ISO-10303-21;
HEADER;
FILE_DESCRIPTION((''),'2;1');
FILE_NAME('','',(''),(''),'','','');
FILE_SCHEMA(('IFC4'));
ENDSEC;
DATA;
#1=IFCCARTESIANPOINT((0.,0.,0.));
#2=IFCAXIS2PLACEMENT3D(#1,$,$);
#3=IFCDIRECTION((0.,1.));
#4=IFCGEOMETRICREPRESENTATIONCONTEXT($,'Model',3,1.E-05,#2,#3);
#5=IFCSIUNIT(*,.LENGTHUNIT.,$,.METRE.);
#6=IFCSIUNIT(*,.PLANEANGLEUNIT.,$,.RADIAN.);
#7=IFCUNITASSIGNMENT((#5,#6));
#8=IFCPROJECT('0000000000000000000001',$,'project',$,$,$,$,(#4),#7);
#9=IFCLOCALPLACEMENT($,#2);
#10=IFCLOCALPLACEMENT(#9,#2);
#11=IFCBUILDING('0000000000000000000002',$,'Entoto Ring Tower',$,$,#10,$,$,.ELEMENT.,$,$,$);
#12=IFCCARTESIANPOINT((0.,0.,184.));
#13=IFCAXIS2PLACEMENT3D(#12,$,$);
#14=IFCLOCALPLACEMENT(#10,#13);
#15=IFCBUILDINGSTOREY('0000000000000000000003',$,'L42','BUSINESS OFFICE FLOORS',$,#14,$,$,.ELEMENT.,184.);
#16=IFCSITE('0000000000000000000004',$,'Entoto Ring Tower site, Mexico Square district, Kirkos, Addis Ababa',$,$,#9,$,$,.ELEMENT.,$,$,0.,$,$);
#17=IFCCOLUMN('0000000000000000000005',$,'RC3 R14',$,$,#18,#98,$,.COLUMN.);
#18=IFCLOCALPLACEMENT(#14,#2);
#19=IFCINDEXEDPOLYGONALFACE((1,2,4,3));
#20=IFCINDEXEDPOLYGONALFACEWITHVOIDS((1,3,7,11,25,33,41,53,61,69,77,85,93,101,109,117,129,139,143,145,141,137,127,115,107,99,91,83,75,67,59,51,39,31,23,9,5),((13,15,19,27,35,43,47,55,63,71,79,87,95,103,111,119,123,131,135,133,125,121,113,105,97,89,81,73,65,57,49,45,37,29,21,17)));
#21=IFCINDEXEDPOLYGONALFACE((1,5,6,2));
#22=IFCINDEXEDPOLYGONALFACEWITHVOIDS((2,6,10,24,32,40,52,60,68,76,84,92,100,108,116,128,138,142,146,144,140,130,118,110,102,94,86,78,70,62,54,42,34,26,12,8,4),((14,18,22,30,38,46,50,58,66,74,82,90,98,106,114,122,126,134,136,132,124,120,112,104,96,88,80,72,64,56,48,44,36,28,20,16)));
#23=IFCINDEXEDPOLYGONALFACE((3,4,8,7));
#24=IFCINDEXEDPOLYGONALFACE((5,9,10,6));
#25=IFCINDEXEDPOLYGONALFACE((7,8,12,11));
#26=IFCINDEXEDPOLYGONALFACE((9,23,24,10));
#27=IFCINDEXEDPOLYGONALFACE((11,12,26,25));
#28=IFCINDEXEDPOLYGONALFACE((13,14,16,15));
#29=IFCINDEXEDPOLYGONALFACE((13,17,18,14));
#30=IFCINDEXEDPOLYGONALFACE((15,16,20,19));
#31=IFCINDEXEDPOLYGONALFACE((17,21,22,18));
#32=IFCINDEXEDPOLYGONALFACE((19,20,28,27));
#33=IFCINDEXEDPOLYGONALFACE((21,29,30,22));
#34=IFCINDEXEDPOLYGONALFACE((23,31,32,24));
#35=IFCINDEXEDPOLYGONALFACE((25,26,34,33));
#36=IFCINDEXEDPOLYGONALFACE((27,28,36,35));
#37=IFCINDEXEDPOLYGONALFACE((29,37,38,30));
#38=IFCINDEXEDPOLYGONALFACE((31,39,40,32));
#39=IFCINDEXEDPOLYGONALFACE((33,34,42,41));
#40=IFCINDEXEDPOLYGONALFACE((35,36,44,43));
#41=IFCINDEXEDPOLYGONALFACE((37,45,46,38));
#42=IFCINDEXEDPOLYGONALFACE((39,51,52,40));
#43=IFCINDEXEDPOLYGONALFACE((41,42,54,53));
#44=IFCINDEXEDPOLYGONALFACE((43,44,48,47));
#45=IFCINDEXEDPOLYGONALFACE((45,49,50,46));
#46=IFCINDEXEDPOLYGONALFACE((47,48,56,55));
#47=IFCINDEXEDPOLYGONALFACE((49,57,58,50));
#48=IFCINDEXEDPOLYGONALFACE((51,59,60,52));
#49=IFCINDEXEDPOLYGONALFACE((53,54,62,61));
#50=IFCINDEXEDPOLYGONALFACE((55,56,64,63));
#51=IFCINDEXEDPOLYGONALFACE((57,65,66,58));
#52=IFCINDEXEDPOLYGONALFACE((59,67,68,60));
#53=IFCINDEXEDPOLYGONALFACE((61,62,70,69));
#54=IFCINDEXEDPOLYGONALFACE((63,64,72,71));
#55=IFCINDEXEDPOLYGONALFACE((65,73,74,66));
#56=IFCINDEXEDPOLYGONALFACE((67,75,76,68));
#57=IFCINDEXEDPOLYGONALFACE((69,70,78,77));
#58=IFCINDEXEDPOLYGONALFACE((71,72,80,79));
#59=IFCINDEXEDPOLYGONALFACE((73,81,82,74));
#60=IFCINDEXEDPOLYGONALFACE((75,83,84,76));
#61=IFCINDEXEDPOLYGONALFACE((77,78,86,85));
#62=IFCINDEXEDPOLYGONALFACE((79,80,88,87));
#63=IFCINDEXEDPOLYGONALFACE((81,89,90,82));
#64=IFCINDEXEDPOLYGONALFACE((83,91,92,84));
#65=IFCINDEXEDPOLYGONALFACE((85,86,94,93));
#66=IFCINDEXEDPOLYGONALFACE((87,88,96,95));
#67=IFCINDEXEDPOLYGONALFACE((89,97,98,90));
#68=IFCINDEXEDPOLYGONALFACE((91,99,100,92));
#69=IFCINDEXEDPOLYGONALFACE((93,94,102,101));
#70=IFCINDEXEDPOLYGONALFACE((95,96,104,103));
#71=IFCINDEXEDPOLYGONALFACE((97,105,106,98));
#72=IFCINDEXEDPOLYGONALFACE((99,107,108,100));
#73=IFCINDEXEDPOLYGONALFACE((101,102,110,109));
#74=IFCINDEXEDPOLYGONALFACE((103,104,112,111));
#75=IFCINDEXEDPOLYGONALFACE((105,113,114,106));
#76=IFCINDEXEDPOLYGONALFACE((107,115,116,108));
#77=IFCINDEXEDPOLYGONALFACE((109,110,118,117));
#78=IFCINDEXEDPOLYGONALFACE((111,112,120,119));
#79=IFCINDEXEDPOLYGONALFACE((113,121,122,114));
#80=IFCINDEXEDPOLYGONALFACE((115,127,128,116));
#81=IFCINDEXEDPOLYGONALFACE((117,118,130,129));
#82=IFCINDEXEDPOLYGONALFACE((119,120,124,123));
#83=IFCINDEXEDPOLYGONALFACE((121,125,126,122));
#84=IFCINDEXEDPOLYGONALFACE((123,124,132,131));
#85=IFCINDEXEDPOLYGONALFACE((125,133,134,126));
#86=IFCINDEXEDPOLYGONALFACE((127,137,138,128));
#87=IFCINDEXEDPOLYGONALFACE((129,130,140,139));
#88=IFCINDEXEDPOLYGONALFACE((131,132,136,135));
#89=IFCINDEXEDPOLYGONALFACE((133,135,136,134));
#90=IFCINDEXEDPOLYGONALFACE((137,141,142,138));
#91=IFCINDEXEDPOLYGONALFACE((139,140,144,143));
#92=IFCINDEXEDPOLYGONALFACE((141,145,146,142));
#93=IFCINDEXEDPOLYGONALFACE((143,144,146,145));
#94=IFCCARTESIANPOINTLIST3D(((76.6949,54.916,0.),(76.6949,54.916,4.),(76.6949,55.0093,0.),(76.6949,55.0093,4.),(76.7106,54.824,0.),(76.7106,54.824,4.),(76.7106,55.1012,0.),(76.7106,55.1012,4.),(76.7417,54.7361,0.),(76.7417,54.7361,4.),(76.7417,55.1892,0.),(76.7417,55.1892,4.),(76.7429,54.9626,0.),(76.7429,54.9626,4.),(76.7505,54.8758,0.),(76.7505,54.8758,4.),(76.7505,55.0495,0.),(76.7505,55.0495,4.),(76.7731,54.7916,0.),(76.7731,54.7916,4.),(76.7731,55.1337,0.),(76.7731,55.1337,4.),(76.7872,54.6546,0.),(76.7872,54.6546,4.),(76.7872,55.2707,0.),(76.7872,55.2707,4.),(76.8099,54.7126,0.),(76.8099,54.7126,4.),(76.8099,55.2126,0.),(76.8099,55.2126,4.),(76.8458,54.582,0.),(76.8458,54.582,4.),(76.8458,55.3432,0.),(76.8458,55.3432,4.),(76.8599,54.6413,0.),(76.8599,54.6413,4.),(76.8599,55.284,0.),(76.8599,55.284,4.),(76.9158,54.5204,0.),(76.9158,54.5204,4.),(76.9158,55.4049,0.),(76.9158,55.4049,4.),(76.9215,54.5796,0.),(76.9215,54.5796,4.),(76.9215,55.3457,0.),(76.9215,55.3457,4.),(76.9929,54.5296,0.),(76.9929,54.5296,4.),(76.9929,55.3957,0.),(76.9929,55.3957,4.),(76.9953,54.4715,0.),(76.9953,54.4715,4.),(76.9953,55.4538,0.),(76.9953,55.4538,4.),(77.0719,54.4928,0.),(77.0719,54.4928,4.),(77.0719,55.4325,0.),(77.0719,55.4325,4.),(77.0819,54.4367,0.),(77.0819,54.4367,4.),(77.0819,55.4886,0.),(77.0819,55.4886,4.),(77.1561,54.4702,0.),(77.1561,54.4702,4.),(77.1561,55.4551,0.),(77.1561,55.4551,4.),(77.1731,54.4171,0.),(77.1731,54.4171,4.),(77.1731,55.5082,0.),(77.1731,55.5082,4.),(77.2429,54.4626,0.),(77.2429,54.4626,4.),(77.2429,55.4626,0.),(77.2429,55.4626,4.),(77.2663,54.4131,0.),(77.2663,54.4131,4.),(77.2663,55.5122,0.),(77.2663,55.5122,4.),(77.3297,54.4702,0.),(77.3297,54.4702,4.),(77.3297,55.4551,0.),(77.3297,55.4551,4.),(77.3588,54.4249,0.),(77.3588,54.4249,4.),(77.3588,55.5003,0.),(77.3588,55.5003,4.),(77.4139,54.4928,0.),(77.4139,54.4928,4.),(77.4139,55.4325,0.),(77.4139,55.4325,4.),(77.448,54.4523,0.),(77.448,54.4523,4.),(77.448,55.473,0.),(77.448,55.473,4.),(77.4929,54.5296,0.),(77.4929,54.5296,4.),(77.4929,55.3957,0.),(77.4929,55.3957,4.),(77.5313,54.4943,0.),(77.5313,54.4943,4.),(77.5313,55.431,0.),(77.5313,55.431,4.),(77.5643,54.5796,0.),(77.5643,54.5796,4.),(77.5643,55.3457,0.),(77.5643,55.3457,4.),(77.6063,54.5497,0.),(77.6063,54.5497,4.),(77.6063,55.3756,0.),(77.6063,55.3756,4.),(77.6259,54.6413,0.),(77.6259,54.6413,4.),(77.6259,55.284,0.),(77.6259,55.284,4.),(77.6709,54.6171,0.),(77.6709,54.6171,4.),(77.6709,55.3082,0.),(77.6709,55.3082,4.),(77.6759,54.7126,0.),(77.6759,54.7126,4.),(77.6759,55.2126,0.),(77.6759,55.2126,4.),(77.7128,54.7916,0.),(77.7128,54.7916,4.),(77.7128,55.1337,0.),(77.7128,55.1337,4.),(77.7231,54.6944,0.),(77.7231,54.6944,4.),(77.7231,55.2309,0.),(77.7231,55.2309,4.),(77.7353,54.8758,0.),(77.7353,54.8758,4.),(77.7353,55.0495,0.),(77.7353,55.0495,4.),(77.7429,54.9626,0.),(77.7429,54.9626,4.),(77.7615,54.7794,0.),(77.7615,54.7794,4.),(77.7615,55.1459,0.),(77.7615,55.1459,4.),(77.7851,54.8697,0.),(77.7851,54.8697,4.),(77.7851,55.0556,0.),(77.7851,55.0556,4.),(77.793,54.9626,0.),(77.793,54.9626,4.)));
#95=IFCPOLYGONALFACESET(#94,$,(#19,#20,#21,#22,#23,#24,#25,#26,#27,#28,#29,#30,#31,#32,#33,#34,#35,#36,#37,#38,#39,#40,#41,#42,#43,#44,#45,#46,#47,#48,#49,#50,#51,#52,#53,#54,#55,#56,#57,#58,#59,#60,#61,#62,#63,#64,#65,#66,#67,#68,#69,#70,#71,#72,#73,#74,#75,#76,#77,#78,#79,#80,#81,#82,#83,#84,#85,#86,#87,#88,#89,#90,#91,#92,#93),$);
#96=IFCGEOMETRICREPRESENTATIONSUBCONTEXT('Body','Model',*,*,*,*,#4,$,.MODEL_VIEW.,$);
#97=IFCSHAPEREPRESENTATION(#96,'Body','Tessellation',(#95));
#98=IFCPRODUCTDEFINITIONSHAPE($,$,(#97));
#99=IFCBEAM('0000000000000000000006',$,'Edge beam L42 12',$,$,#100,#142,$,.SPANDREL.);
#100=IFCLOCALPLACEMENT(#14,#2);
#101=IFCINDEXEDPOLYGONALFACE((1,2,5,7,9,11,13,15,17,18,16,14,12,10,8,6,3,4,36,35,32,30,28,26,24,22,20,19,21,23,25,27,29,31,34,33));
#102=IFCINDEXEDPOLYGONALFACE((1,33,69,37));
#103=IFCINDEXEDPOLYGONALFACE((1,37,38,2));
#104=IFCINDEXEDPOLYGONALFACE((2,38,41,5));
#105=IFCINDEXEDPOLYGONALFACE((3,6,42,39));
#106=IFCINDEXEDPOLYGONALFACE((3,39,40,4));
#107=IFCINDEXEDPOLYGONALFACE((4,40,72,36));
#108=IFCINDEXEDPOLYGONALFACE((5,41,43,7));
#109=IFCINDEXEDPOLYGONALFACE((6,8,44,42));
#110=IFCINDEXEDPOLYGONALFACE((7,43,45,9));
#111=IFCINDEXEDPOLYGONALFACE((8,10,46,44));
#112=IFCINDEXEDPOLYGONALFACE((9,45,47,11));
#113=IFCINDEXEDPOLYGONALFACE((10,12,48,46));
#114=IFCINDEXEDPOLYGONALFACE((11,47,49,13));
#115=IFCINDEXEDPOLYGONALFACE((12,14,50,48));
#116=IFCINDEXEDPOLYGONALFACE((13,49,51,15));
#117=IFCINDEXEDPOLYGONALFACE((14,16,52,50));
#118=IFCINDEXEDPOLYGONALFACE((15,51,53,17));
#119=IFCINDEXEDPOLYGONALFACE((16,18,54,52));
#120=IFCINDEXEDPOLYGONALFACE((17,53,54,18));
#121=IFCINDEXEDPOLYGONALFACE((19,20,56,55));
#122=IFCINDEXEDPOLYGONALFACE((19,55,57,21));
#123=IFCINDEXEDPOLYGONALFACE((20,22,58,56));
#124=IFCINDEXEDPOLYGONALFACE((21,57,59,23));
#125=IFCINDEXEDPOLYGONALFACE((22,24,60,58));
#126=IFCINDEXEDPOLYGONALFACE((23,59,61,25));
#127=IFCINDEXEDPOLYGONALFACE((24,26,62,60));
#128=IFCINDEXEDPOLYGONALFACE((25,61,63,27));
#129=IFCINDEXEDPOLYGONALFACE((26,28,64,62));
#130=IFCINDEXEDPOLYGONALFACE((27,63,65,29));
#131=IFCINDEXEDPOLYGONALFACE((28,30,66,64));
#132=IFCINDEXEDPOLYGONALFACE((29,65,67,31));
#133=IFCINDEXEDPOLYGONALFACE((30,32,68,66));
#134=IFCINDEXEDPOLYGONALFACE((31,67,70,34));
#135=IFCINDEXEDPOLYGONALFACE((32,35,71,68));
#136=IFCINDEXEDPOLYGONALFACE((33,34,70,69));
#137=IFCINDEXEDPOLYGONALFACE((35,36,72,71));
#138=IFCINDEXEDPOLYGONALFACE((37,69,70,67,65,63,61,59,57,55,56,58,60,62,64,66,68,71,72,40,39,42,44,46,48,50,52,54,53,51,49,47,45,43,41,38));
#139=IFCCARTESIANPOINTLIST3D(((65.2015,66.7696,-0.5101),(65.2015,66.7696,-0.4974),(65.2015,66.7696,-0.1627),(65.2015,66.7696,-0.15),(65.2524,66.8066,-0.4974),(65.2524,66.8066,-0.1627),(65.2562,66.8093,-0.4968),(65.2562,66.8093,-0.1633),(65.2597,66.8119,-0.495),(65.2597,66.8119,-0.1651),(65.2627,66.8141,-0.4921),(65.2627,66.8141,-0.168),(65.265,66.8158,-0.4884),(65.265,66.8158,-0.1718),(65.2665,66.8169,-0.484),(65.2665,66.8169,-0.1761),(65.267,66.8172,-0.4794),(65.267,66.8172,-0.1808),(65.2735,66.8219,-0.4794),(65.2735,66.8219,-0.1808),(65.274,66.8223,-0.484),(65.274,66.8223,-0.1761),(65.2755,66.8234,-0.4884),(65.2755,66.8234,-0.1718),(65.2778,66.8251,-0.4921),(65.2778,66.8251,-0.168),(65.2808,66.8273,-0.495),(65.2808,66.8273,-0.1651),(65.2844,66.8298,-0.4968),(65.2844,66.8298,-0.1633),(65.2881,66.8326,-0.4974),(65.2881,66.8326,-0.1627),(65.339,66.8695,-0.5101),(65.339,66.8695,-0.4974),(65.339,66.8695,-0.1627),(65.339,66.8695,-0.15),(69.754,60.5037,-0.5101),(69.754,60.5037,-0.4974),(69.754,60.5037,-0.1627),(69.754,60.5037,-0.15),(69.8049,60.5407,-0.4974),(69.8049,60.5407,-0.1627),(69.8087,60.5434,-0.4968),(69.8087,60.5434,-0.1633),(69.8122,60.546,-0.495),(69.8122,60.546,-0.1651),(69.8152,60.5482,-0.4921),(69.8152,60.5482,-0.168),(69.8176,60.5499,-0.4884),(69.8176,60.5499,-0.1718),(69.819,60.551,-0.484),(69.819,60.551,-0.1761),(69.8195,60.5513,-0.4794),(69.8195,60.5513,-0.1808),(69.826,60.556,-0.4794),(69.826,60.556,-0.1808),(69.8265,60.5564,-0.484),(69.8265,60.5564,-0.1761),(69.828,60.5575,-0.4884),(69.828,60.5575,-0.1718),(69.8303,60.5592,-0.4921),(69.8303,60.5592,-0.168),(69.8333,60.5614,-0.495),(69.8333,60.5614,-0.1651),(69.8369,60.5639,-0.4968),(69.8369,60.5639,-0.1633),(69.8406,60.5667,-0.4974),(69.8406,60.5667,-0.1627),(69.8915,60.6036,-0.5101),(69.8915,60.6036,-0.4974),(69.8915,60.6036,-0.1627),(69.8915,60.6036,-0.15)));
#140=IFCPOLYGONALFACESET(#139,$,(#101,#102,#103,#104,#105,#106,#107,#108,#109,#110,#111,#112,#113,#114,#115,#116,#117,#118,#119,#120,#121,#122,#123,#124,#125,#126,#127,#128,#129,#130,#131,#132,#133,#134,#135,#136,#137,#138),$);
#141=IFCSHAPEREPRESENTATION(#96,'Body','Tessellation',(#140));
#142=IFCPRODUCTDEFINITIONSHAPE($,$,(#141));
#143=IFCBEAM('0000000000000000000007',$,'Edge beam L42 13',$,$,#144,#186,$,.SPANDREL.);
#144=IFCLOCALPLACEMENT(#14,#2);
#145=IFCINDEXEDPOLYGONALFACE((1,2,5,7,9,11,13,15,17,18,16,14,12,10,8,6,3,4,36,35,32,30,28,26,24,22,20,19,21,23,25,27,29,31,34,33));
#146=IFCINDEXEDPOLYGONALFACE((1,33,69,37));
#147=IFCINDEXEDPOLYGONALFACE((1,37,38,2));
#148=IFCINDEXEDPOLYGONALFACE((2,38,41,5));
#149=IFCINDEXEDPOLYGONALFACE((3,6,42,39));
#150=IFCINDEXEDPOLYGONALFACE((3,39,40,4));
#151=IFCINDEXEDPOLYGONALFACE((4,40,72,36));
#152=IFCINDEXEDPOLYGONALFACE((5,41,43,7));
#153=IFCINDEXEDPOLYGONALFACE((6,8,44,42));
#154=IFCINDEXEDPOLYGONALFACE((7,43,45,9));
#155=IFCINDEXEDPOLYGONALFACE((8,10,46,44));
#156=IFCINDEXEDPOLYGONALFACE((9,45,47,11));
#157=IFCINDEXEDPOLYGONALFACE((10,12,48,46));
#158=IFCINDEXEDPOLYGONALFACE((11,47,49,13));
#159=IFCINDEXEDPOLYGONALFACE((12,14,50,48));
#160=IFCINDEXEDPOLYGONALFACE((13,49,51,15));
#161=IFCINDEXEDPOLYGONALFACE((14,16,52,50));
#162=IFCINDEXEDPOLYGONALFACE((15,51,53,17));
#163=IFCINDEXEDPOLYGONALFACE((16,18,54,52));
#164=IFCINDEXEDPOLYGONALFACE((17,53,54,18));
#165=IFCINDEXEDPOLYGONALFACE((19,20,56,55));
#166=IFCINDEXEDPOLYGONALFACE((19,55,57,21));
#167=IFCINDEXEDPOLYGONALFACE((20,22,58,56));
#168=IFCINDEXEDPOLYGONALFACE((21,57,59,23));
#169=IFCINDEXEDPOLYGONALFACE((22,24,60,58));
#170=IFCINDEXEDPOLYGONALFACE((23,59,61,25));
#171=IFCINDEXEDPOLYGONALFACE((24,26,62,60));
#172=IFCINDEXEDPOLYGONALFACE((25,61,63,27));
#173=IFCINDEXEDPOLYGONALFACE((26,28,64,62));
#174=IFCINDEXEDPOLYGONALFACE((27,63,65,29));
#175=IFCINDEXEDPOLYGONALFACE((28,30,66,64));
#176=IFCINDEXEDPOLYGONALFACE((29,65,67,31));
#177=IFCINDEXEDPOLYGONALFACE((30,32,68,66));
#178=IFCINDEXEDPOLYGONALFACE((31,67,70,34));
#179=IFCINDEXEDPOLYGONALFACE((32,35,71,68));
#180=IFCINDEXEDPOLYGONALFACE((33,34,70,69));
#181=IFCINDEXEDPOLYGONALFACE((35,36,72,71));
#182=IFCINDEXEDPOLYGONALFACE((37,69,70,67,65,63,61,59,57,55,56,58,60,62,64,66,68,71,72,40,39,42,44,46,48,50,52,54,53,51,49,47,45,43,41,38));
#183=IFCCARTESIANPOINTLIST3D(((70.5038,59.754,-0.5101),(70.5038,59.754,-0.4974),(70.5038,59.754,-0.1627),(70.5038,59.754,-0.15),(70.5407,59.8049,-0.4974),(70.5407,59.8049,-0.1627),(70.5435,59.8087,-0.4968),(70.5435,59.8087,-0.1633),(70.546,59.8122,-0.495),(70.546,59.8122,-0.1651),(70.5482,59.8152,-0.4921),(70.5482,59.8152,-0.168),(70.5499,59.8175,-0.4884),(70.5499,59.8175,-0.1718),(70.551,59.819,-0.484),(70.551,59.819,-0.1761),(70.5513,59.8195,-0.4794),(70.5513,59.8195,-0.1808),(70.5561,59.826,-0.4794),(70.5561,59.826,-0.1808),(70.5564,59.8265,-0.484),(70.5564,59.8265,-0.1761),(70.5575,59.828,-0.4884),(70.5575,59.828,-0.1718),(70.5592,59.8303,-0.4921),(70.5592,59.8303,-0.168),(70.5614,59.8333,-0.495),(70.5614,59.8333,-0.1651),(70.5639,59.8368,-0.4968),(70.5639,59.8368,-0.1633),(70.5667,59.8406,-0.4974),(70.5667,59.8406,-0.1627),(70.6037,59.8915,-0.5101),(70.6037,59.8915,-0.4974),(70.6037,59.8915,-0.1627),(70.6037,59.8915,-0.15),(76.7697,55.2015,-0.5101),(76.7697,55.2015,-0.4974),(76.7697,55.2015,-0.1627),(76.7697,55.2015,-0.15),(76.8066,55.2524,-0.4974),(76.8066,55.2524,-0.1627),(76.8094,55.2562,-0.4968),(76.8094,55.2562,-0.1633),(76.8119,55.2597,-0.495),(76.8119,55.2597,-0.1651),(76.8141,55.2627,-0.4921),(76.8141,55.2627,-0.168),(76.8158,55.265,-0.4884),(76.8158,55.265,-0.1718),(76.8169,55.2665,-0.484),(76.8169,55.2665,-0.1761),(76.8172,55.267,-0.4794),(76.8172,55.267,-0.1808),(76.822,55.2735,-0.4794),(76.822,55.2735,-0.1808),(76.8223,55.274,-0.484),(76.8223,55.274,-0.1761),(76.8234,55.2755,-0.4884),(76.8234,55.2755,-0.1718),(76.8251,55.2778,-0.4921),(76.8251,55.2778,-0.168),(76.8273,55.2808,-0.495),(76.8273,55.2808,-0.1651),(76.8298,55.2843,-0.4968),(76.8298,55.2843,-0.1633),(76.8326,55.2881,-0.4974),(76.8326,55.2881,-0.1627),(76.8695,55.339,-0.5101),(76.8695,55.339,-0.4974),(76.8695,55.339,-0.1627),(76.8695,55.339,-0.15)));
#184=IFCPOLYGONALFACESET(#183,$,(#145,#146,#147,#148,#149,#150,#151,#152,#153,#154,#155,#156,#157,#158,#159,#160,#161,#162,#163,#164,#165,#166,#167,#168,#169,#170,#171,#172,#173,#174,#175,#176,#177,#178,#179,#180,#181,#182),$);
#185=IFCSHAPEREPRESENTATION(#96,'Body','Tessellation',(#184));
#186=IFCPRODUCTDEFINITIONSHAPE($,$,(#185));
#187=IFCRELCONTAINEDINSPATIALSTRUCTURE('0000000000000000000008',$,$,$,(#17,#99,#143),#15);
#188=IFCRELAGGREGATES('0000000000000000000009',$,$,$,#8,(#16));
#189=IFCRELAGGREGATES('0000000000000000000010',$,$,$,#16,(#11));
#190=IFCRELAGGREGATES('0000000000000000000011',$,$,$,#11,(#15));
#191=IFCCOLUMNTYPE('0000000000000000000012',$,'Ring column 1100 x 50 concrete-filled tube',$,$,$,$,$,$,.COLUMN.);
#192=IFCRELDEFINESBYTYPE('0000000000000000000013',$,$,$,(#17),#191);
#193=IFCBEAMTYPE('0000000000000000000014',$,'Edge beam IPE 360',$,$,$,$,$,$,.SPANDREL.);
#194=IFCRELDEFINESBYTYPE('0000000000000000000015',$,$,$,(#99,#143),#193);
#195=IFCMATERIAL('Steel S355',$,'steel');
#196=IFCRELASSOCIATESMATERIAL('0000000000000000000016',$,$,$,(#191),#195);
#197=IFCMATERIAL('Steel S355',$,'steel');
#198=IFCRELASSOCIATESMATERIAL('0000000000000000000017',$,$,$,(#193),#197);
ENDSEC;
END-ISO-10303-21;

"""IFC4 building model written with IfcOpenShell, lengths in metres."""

from ifc_helpers import new_model, si_unit, direction, frame, origin, origin_2d, place, context, subcontext, project, spatial, circle, hollow_circle, i_section, extrude, material, material_profile, profile_set, type_object, element, save


model = new_model("IFC4")

# Units and contexts
model_context = context("Model", 3, precision=1e-05, world=origin(), true_north=direction((0.0, 1.0)))
body_context = subcontext(model_context, "Body", "Model", "MODEL_VIEW")
ifc_project = project(units=[si_unit("LENGTHUNIT", "METRE"), si_unit("PLANEANGLEUNIT", "RADIAN")], contexts=[model_context])

# Site, building, storey
site_placement = place(None, origin())
site = spatial("IfcSite", under=ifc_project, at=site_placement, Name="Entoto Ring Tower site, Mexico Square district, Kirkos, Addis Ababa", CompositionType="ELEMENT", RefElevation=0.0)
building_placement = place(site_placement, origin())
building = spatial("IfcBuilding", under=site, at=building_placement, Name="Entoto Ring Tower", CompositionType="ELEMENT")
storey_placement = place(building_placement, frame((0.0, 0.0, 184.0)))
storey = spatial("IfcBuildingStorey", under=building, at=storey_placement, Name="L42", Description="BUSINESS OFFICE FLOORS", CompositionType="ELEMENT", Elevation=184.0)

# Column
ifc_material_1 = material(Name="Steel S355", Category="steel")
ifc_material_profile_1 = material_profile(ifc_material_1, hollow_circle(Radius=0.55, WallThickness=0.05, at=origin_2d()), Name="CHS 1100 x 50")
ifc_material_2 = material(Name="Concrete C60/75", Category="concrete")
ifc_material_profile_2 = material_profile(ifc_material_2, circle(Radius=0.5, at=origin_2d()), Name="Concrete C60/75 infill")
ifc_profile_set_1 = profile_set([ifc_material_profile_1, ifc_material_profile_2], Name="Steel S355")
column_type = type_object("IfcColumnType", Name="Ring column 1100 x 50 concrete-filled tube", PredefinedType="COLUMN", material=ifc_profile_set_1)
for number, where, z_axis, x_axis, name in (
    (1, (77.2429, 54.9626, 0.0), (0.0, 0.0, 1.0), (1.0, 0.0, 0.0), "RC3 R14"),
):
    element("IfcColumn", number, at=place(storey_placement, frame(where, z_axis=z_axis, x_axis=x_axis)), inside=storey, type_object=column_type, Name=name, PredefinedType="COLUMN", context=body_context, shape_type="SweptSolid", body=[
        extrude(hollow_circle(Radius=0.55, WallThickness=0.05, at=origin_2d()), origin(), (0.0, 0.0, 1.0), 4.0),
    ])

# Beams
ifc_material_3 = material(Name="Steel S355", Category="steel")
ifc_material_profile_3 = material_profile(ifc_material_3, i_section(OverallWidth=0.1699, OverallDepth=0.3601, WebThickness=0.0081, FlangeThickness=0.0127, FilletRadius=0.0181, at=origin_2d()), Name="IPE 360")
ifc_profile_set_2 = profile_set([ifc_material_profile_3], Name="Steel S355")
beam_type_1 = type_object("IfcBeamType", Name="Edge beam IPE 360", PredefinedType="SPANDREL", material=ifc_profile_set_2)
for number, where, z_axis, x_axis, name in (
    (2, (65.2703, 66.8196, -0.3301), (0.587791, -0.809013, 0.0), (0.809013, 0.587791, 0.0), "Edge beam L42 12"),
    (3, (70.5537, 59.8228, -0.3301), (0.809013, -0.587791, 0.0), (0.587791, 0.809013, 0.0), "Edge beam L42 13"),
):
    element("IfcBeam", number, at=place(storey_placement, frame(where, z_axis=z_axis, x_axis=x_axis)), inside=storey, type_object=beam_type_1, Name=name, PredefinedType="SPANDREL", context=body_context, shape_type="SweptSolid", body=[
        extrude(i_section(OverallWidth=0.1699, OverallDepth=0.3601, WebThickness=0.0081, FlangeThickness=0.0127, FilletRadius=0.0181, at=origin_2d()), origin(), (0.0, 0.0, 1.0), 7.7451),
    ])

save(model, "model.ifc")
